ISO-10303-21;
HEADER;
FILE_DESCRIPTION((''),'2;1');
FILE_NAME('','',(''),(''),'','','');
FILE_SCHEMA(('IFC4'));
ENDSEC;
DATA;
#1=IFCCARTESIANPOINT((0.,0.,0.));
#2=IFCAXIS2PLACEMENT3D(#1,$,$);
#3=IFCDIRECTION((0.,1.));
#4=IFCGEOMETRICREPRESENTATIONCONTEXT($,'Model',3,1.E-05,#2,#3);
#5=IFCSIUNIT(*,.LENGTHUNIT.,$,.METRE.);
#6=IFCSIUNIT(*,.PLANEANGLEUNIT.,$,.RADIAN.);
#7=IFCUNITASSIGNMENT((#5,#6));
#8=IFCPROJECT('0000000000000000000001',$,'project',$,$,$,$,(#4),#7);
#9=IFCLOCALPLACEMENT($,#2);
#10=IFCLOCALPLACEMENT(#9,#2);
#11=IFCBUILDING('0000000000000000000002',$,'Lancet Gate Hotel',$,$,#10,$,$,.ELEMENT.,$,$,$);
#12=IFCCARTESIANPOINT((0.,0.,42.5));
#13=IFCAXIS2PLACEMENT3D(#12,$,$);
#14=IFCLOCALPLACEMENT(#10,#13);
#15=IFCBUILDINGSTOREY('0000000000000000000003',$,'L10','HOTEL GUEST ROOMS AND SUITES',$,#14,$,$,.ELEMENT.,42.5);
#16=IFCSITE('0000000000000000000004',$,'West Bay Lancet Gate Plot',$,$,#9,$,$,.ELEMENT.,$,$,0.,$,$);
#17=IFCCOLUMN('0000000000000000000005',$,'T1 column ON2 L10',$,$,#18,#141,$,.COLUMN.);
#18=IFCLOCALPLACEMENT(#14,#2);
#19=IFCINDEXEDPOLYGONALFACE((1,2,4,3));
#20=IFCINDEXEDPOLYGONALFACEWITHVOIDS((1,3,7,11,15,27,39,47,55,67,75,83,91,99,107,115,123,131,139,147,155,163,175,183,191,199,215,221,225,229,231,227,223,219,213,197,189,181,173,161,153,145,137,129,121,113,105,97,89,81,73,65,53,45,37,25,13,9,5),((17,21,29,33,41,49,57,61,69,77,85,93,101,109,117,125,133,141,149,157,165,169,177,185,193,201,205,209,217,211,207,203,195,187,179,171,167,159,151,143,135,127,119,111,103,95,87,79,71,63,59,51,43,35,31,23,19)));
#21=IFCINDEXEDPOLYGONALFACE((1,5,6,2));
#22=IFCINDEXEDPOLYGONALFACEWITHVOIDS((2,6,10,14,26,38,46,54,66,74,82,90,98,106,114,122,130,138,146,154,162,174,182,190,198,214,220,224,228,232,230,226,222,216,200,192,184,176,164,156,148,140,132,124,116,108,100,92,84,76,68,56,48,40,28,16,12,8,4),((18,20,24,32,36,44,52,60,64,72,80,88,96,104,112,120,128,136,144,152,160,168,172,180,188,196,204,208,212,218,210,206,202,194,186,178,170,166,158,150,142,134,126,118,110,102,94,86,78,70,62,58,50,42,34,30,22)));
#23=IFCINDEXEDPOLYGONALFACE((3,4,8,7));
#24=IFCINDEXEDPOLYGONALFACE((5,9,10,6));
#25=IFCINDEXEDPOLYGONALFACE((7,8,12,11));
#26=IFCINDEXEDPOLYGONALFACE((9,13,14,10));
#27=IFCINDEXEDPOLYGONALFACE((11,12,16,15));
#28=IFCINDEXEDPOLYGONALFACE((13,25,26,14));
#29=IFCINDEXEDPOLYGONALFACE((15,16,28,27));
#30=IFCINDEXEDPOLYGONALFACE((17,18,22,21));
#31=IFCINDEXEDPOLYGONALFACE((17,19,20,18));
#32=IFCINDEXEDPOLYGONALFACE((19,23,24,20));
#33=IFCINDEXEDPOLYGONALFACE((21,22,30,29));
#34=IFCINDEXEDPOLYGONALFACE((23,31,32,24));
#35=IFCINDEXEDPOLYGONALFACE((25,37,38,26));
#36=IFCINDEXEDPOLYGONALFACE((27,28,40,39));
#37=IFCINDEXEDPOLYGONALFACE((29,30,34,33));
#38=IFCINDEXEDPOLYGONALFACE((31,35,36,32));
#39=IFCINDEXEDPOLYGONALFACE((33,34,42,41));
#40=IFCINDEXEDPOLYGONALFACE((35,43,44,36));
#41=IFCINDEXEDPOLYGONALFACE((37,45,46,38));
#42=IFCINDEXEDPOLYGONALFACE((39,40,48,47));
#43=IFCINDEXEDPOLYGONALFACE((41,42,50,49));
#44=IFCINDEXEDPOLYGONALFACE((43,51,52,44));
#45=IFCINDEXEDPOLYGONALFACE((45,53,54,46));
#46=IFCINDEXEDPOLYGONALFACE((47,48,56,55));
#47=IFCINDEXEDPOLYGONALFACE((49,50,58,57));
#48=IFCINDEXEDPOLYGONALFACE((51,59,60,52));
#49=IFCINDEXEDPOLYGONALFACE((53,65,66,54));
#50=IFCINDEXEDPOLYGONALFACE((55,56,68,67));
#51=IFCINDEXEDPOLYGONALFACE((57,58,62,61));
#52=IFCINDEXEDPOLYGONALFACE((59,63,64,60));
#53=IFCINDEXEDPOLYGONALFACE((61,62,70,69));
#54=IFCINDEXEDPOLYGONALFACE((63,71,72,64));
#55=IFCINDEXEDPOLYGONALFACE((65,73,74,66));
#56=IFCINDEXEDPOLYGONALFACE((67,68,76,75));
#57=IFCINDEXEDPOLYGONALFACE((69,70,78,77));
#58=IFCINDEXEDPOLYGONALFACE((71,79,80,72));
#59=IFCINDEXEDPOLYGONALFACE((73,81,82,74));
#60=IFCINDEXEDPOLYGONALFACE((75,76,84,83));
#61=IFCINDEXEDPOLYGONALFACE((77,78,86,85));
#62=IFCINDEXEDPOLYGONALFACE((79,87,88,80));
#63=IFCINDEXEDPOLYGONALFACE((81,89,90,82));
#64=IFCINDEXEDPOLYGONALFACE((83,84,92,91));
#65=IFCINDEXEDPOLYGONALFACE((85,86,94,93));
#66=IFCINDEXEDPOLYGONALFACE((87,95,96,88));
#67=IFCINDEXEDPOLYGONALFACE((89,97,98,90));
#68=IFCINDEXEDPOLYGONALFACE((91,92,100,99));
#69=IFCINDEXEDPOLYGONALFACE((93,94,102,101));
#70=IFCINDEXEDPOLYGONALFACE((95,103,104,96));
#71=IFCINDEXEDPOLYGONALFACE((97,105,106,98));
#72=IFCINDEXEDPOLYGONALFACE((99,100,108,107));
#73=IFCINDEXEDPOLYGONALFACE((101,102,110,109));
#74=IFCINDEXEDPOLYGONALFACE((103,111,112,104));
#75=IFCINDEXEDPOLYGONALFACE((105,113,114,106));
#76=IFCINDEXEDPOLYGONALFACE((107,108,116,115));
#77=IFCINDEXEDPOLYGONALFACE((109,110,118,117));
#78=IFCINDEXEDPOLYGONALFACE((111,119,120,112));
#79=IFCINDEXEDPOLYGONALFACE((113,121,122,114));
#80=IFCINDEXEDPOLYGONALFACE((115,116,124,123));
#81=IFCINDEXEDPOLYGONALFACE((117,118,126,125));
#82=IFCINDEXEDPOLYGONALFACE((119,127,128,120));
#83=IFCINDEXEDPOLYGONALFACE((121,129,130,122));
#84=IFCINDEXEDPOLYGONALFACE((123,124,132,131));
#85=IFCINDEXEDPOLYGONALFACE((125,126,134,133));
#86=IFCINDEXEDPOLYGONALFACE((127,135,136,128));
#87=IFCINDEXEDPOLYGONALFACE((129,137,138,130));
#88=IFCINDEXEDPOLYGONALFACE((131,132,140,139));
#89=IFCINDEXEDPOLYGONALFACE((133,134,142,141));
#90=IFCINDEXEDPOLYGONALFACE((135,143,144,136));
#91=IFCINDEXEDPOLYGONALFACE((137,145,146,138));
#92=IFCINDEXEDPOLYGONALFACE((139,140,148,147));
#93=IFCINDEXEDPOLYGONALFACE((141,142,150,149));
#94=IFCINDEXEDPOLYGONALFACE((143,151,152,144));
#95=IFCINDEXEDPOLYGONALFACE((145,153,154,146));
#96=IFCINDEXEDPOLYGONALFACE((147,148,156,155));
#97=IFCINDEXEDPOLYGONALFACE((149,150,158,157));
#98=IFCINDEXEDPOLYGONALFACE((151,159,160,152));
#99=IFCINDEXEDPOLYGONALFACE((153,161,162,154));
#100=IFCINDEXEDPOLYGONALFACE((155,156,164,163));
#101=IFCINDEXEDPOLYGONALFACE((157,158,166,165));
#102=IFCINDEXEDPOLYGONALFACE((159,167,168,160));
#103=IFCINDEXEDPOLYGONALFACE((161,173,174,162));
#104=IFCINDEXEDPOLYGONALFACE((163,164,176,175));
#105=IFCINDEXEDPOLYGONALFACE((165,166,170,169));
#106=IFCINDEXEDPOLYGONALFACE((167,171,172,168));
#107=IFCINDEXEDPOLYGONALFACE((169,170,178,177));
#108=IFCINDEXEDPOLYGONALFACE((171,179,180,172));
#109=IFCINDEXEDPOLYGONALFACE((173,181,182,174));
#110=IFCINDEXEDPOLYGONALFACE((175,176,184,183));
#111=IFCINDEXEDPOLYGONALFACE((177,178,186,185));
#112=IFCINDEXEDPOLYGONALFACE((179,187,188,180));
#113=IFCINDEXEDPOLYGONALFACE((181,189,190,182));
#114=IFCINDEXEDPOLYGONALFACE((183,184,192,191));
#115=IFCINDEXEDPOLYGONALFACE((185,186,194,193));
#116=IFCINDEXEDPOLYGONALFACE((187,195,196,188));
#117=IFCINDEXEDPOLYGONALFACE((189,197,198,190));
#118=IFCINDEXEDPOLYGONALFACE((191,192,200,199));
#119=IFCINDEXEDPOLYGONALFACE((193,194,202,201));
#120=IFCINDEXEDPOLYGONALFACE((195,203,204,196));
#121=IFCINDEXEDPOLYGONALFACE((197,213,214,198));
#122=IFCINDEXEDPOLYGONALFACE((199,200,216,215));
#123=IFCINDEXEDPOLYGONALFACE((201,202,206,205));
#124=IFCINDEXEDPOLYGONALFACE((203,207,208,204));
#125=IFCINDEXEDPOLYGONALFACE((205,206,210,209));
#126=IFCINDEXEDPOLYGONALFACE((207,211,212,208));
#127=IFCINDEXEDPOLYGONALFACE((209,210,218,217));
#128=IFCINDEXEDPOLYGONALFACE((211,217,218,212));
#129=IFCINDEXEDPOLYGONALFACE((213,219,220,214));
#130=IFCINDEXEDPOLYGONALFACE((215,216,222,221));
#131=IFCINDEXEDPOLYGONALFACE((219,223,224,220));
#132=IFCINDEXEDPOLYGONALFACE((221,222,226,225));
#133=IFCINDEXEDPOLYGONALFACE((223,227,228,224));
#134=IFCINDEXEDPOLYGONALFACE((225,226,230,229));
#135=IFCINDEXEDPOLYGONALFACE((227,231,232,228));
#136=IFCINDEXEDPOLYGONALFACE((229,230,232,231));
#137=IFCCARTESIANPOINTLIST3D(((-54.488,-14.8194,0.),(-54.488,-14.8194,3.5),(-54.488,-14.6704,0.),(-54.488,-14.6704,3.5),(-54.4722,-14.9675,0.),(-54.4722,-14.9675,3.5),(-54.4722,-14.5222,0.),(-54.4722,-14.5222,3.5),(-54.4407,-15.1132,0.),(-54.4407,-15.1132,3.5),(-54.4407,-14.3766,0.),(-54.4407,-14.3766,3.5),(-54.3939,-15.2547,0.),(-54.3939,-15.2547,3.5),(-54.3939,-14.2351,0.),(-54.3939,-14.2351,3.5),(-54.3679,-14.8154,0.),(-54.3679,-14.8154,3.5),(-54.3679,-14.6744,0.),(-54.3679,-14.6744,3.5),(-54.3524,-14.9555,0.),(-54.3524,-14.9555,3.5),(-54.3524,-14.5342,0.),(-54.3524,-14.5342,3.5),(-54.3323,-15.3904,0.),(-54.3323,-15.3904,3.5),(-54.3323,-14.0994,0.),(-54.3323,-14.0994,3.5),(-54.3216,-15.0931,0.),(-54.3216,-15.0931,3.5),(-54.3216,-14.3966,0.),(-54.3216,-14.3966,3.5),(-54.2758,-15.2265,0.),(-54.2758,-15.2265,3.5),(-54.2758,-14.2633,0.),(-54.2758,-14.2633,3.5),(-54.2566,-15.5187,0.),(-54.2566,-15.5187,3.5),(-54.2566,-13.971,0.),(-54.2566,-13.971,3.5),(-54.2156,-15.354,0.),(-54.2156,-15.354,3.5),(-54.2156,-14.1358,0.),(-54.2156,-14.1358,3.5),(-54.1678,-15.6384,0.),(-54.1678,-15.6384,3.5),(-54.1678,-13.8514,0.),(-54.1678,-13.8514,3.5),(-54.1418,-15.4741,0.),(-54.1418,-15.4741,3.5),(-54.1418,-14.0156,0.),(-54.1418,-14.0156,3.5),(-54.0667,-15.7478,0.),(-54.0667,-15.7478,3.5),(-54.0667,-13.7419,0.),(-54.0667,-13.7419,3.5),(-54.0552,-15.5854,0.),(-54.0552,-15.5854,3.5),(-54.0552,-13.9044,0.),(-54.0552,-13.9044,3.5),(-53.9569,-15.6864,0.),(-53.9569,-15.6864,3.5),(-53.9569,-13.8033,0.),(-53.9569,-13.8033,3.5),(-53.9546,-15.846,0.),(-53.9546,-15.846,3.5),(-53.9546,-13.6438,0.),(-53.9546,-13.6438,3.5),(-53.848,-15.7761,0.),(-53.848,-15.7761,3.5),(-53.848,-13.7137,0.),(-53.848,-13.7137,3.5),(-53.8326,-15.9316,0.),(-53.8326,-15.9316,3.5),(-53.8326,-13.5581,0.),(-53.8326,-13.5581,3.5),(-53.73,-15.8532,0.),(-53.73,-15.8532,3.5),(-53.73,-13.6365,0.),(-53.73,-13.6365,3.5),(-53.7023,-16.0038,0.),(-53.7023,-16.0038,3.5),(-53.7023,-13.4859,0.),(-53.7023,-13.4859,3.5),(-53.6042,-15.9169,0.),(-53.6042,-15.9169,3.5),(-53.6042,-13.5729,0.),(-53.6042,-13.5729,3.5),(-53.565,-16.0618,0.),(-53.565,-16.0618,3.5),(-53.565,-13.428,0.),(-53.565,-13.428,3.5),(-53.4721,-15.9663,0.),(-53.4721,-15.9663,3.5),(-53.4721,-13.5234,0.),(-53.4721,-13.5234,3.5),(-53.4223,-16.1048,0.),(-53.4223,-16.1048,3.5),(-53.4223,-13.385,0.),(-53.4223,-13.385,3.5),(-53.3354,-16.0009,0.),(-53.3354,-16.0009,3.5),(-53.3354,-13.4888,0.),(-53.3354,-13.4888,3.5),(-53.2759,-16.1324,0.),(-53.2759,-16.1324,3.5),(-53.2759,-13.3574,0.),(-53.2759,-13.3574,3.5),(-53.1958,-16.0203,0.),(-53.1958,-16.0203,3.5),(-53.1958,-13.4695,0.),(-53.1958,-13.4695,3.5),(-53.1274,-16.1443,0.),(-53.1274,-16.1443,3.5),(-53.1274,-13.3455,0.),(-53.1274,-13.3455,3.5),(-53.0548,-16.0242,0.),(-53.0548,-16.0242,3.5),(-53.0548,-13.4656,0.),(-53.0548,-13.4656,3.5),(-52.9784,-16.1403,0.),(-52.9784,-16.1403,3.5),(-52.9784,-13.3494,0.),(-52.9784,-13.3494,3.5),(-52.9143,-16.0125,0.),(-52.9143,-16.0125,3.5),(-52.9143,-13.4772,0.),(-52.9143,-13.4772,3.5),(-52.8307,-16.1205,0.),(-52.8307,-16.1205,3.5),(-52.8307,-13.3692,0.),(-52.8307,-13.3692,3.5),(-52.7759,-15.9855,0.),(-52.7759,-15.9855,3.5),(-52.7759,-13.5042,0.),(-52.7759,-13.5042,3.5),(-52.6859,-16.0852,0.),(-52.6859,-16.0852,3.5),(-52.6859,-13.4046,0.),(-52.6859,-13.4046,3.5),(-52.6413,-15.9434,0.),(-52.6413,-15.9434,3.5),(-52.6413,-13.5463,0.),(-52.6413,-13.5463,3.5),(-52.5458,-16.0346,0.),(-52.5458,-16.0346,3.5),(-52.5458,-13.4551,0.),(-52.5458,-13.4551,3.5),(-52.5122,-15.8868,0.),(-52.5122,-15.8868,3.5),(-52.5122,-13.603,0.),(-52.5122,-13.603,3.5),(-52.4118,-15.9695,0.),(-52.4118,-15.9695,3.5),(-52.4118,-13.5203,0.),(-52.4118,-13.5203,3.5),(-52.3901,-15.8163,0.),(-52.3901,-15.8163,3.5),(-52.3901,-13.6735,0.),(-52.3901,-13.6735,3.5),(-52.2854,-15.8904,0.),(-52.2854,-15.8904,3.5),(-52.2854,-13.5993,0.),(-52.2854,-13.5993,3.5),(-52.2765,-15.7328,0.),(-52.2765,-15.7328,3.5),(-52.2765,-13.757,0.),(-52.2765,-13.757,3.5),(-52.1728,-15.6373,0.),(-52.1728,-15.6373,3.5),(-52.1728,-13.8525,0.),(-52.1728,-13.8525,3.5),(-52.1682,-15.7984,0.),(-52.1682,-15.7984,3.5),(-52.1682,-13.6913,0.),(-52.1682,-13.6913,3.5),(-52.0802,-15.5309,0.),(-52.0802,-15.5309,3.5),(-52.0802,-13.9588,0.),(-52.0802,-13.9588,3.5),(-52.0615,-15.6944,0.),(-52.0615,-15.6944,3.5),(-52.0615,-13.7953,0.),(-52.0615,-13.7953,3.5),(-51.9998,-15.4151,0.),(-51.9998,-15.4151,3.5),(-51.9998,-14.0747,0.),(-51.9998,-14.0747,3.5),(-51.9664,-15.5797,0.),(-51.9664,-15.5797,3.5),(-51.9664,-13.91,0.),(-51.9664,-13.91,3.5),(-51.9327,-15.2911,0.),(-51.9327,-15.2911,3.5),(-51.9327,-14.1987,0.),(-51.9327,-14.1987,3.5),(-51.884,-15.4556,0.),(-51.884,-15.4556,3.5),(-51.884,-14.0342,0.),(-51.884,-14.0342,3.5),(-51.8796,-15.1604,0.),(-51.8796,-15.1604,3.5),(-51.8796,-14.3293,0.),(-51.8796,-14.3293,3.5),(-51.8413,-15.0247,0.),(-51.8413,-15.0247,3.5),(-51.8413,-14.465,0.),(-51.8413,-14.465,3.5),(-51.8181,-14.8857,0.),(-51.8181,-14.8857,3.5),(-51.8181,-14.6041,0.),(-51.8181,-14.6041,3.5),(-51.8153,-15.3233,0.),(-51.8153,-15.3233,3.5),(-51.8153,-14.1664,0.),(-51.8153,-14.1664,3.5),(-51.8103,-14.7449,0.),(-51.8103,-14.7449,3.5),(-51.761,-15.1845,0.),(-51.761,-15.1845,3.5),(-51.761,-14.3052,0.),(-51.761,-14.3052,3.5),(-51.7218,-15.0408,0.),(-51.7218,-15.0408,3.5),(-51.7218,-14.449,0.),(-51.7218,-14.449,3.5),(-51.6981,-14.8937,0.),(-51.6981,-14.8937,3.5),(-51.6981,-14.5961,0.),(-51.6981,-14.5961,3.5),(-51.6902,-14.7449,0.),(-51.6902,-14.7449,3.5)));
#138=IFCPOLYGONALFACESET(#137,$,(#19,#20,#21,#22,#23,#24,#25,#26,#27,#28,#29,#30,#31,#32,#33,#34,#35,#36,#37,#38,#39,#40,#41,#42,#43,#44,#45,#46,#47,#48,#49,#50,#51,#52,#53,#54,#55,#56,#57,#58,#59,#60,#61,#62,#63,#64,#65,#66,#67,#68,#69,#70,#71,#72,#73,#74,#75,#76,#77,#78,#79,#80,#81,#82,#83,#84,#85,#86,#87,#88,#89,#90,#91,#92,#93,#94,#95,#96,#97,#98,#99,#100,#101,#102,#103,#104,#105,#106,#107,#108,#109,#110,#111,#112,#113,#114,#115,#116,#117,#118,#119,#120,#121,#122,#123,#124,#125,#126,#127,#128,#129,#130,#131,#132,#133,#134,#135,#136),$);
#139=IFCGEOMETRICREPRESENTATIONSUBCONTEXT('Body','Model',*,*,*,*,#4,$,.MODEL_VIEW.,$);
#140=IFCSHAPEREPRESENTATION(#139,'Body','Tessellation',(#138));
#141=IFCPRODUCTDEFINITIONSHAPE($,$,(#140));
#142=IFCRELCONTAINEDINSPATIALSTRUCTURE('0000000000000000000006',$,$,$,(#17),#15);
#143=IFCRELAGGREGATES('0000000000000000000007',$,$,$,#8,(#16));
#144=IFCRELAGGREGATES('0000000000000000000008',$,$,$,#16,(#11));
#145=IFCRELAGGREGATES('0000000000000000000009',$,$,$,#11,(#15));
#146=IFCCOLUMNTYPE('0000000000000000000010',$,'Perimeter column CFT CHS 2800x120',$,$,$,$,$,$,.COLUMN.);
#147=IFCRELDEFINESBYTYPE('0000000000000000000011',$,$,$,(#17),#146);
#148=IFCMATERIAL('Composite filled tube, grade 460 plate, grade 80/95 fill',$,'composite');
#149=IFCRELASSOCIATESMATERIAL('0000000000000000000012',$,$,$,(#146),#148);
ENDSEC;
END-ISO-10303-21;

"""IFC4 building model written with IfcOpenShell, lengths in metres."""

from ifc_helpers import new_model, si_unit, direction, frame, origin, origin_2d, place, context, subcontext, project, spatial, hollow_circle, extrude, material, material_profile, profile_set, type_object, element, save


model = new_model("IFC4")

# Units and contexts
model_context = context("Model", 3, precision=1e-05, world=origin(), true_north=direction((0.0, 1.0)))
body_context = subcontext(model_context, "Body", "Model", "MODEL_VIEW")
ifc_project = project(units=[si_unit("LENGTHUNIT", "METRE"), si_unit("PLANEANGLEUNIT", "RADIAN")], contexts=[model_context])

# Site, building, storey
site_placement = place(None, origin())
site = spatial("IfcSite", under=ifc_project, at=site_placement, Name="West Bay Lancet Gate Plot", CompositionType="ELEMENT", RefElevation=0.0)
building_placement = place(site_placement, origin())
building = spatial("IfcBuilding", under=site, at=building_placement, Name="Lancet Gate Hotel", CompositionType="ELEMENT")
storey_placement = place(building_placement, frame((0.0, 0.0, 42.5)))
storey = spatial("IfcBuildingStorey", under=building, at=storey_placement, Name="L10", Description="HOTEL GUEST ROOMS AND SUITES", CompositionType="ELEMENT", Elevation=42.5)

# Column
ifc_material_1 = material(Name="Composite filled tube, grade 460 plate, grade 80/95 fill", Category="composite")
ifc_material_profile_1 = material_profile(ifc_material_1, hollow_circle(Radius=1.3999, WallThickness=0.1201, at=origin_2d()), Name="CHS 2800x120")
ifc_profile_set_1 = profile_set([ifc_material_profile_1], Name="Composite filled tube, grade 460 plate, grade 80/95 fill")
column_type = type_object("IfcColumnType", Name="Perimeter column CFT CHS 2800x120", PredefinedType="COLUMN", material=ifc_profile_set_1)
for number, where, z_axis, x_axis, name in (
    (1, (-53.0901, -14.7449, 0.0), (0.0, 0.0, 1.0), (1.0, 0.0, 0.0), "T1 column ON2 L10"),
):
    element("IfcColumn", number, at=place(storey_placement, frame(where, z_axis=z_axis, x_axis=x_axis)), inside=storey, type_object=column_type, Name=name, PredefinedType="COLUMN", context=body_context, shape_type="SweptSolid", body=[
        extrude(hollow_circle(Radius=1.3999, WallThickness=0.1201, at=origin_2d()), origin(), (0.0, 0.0, 1.0), 3.5),
    ])

save(model, "model.ifc")
